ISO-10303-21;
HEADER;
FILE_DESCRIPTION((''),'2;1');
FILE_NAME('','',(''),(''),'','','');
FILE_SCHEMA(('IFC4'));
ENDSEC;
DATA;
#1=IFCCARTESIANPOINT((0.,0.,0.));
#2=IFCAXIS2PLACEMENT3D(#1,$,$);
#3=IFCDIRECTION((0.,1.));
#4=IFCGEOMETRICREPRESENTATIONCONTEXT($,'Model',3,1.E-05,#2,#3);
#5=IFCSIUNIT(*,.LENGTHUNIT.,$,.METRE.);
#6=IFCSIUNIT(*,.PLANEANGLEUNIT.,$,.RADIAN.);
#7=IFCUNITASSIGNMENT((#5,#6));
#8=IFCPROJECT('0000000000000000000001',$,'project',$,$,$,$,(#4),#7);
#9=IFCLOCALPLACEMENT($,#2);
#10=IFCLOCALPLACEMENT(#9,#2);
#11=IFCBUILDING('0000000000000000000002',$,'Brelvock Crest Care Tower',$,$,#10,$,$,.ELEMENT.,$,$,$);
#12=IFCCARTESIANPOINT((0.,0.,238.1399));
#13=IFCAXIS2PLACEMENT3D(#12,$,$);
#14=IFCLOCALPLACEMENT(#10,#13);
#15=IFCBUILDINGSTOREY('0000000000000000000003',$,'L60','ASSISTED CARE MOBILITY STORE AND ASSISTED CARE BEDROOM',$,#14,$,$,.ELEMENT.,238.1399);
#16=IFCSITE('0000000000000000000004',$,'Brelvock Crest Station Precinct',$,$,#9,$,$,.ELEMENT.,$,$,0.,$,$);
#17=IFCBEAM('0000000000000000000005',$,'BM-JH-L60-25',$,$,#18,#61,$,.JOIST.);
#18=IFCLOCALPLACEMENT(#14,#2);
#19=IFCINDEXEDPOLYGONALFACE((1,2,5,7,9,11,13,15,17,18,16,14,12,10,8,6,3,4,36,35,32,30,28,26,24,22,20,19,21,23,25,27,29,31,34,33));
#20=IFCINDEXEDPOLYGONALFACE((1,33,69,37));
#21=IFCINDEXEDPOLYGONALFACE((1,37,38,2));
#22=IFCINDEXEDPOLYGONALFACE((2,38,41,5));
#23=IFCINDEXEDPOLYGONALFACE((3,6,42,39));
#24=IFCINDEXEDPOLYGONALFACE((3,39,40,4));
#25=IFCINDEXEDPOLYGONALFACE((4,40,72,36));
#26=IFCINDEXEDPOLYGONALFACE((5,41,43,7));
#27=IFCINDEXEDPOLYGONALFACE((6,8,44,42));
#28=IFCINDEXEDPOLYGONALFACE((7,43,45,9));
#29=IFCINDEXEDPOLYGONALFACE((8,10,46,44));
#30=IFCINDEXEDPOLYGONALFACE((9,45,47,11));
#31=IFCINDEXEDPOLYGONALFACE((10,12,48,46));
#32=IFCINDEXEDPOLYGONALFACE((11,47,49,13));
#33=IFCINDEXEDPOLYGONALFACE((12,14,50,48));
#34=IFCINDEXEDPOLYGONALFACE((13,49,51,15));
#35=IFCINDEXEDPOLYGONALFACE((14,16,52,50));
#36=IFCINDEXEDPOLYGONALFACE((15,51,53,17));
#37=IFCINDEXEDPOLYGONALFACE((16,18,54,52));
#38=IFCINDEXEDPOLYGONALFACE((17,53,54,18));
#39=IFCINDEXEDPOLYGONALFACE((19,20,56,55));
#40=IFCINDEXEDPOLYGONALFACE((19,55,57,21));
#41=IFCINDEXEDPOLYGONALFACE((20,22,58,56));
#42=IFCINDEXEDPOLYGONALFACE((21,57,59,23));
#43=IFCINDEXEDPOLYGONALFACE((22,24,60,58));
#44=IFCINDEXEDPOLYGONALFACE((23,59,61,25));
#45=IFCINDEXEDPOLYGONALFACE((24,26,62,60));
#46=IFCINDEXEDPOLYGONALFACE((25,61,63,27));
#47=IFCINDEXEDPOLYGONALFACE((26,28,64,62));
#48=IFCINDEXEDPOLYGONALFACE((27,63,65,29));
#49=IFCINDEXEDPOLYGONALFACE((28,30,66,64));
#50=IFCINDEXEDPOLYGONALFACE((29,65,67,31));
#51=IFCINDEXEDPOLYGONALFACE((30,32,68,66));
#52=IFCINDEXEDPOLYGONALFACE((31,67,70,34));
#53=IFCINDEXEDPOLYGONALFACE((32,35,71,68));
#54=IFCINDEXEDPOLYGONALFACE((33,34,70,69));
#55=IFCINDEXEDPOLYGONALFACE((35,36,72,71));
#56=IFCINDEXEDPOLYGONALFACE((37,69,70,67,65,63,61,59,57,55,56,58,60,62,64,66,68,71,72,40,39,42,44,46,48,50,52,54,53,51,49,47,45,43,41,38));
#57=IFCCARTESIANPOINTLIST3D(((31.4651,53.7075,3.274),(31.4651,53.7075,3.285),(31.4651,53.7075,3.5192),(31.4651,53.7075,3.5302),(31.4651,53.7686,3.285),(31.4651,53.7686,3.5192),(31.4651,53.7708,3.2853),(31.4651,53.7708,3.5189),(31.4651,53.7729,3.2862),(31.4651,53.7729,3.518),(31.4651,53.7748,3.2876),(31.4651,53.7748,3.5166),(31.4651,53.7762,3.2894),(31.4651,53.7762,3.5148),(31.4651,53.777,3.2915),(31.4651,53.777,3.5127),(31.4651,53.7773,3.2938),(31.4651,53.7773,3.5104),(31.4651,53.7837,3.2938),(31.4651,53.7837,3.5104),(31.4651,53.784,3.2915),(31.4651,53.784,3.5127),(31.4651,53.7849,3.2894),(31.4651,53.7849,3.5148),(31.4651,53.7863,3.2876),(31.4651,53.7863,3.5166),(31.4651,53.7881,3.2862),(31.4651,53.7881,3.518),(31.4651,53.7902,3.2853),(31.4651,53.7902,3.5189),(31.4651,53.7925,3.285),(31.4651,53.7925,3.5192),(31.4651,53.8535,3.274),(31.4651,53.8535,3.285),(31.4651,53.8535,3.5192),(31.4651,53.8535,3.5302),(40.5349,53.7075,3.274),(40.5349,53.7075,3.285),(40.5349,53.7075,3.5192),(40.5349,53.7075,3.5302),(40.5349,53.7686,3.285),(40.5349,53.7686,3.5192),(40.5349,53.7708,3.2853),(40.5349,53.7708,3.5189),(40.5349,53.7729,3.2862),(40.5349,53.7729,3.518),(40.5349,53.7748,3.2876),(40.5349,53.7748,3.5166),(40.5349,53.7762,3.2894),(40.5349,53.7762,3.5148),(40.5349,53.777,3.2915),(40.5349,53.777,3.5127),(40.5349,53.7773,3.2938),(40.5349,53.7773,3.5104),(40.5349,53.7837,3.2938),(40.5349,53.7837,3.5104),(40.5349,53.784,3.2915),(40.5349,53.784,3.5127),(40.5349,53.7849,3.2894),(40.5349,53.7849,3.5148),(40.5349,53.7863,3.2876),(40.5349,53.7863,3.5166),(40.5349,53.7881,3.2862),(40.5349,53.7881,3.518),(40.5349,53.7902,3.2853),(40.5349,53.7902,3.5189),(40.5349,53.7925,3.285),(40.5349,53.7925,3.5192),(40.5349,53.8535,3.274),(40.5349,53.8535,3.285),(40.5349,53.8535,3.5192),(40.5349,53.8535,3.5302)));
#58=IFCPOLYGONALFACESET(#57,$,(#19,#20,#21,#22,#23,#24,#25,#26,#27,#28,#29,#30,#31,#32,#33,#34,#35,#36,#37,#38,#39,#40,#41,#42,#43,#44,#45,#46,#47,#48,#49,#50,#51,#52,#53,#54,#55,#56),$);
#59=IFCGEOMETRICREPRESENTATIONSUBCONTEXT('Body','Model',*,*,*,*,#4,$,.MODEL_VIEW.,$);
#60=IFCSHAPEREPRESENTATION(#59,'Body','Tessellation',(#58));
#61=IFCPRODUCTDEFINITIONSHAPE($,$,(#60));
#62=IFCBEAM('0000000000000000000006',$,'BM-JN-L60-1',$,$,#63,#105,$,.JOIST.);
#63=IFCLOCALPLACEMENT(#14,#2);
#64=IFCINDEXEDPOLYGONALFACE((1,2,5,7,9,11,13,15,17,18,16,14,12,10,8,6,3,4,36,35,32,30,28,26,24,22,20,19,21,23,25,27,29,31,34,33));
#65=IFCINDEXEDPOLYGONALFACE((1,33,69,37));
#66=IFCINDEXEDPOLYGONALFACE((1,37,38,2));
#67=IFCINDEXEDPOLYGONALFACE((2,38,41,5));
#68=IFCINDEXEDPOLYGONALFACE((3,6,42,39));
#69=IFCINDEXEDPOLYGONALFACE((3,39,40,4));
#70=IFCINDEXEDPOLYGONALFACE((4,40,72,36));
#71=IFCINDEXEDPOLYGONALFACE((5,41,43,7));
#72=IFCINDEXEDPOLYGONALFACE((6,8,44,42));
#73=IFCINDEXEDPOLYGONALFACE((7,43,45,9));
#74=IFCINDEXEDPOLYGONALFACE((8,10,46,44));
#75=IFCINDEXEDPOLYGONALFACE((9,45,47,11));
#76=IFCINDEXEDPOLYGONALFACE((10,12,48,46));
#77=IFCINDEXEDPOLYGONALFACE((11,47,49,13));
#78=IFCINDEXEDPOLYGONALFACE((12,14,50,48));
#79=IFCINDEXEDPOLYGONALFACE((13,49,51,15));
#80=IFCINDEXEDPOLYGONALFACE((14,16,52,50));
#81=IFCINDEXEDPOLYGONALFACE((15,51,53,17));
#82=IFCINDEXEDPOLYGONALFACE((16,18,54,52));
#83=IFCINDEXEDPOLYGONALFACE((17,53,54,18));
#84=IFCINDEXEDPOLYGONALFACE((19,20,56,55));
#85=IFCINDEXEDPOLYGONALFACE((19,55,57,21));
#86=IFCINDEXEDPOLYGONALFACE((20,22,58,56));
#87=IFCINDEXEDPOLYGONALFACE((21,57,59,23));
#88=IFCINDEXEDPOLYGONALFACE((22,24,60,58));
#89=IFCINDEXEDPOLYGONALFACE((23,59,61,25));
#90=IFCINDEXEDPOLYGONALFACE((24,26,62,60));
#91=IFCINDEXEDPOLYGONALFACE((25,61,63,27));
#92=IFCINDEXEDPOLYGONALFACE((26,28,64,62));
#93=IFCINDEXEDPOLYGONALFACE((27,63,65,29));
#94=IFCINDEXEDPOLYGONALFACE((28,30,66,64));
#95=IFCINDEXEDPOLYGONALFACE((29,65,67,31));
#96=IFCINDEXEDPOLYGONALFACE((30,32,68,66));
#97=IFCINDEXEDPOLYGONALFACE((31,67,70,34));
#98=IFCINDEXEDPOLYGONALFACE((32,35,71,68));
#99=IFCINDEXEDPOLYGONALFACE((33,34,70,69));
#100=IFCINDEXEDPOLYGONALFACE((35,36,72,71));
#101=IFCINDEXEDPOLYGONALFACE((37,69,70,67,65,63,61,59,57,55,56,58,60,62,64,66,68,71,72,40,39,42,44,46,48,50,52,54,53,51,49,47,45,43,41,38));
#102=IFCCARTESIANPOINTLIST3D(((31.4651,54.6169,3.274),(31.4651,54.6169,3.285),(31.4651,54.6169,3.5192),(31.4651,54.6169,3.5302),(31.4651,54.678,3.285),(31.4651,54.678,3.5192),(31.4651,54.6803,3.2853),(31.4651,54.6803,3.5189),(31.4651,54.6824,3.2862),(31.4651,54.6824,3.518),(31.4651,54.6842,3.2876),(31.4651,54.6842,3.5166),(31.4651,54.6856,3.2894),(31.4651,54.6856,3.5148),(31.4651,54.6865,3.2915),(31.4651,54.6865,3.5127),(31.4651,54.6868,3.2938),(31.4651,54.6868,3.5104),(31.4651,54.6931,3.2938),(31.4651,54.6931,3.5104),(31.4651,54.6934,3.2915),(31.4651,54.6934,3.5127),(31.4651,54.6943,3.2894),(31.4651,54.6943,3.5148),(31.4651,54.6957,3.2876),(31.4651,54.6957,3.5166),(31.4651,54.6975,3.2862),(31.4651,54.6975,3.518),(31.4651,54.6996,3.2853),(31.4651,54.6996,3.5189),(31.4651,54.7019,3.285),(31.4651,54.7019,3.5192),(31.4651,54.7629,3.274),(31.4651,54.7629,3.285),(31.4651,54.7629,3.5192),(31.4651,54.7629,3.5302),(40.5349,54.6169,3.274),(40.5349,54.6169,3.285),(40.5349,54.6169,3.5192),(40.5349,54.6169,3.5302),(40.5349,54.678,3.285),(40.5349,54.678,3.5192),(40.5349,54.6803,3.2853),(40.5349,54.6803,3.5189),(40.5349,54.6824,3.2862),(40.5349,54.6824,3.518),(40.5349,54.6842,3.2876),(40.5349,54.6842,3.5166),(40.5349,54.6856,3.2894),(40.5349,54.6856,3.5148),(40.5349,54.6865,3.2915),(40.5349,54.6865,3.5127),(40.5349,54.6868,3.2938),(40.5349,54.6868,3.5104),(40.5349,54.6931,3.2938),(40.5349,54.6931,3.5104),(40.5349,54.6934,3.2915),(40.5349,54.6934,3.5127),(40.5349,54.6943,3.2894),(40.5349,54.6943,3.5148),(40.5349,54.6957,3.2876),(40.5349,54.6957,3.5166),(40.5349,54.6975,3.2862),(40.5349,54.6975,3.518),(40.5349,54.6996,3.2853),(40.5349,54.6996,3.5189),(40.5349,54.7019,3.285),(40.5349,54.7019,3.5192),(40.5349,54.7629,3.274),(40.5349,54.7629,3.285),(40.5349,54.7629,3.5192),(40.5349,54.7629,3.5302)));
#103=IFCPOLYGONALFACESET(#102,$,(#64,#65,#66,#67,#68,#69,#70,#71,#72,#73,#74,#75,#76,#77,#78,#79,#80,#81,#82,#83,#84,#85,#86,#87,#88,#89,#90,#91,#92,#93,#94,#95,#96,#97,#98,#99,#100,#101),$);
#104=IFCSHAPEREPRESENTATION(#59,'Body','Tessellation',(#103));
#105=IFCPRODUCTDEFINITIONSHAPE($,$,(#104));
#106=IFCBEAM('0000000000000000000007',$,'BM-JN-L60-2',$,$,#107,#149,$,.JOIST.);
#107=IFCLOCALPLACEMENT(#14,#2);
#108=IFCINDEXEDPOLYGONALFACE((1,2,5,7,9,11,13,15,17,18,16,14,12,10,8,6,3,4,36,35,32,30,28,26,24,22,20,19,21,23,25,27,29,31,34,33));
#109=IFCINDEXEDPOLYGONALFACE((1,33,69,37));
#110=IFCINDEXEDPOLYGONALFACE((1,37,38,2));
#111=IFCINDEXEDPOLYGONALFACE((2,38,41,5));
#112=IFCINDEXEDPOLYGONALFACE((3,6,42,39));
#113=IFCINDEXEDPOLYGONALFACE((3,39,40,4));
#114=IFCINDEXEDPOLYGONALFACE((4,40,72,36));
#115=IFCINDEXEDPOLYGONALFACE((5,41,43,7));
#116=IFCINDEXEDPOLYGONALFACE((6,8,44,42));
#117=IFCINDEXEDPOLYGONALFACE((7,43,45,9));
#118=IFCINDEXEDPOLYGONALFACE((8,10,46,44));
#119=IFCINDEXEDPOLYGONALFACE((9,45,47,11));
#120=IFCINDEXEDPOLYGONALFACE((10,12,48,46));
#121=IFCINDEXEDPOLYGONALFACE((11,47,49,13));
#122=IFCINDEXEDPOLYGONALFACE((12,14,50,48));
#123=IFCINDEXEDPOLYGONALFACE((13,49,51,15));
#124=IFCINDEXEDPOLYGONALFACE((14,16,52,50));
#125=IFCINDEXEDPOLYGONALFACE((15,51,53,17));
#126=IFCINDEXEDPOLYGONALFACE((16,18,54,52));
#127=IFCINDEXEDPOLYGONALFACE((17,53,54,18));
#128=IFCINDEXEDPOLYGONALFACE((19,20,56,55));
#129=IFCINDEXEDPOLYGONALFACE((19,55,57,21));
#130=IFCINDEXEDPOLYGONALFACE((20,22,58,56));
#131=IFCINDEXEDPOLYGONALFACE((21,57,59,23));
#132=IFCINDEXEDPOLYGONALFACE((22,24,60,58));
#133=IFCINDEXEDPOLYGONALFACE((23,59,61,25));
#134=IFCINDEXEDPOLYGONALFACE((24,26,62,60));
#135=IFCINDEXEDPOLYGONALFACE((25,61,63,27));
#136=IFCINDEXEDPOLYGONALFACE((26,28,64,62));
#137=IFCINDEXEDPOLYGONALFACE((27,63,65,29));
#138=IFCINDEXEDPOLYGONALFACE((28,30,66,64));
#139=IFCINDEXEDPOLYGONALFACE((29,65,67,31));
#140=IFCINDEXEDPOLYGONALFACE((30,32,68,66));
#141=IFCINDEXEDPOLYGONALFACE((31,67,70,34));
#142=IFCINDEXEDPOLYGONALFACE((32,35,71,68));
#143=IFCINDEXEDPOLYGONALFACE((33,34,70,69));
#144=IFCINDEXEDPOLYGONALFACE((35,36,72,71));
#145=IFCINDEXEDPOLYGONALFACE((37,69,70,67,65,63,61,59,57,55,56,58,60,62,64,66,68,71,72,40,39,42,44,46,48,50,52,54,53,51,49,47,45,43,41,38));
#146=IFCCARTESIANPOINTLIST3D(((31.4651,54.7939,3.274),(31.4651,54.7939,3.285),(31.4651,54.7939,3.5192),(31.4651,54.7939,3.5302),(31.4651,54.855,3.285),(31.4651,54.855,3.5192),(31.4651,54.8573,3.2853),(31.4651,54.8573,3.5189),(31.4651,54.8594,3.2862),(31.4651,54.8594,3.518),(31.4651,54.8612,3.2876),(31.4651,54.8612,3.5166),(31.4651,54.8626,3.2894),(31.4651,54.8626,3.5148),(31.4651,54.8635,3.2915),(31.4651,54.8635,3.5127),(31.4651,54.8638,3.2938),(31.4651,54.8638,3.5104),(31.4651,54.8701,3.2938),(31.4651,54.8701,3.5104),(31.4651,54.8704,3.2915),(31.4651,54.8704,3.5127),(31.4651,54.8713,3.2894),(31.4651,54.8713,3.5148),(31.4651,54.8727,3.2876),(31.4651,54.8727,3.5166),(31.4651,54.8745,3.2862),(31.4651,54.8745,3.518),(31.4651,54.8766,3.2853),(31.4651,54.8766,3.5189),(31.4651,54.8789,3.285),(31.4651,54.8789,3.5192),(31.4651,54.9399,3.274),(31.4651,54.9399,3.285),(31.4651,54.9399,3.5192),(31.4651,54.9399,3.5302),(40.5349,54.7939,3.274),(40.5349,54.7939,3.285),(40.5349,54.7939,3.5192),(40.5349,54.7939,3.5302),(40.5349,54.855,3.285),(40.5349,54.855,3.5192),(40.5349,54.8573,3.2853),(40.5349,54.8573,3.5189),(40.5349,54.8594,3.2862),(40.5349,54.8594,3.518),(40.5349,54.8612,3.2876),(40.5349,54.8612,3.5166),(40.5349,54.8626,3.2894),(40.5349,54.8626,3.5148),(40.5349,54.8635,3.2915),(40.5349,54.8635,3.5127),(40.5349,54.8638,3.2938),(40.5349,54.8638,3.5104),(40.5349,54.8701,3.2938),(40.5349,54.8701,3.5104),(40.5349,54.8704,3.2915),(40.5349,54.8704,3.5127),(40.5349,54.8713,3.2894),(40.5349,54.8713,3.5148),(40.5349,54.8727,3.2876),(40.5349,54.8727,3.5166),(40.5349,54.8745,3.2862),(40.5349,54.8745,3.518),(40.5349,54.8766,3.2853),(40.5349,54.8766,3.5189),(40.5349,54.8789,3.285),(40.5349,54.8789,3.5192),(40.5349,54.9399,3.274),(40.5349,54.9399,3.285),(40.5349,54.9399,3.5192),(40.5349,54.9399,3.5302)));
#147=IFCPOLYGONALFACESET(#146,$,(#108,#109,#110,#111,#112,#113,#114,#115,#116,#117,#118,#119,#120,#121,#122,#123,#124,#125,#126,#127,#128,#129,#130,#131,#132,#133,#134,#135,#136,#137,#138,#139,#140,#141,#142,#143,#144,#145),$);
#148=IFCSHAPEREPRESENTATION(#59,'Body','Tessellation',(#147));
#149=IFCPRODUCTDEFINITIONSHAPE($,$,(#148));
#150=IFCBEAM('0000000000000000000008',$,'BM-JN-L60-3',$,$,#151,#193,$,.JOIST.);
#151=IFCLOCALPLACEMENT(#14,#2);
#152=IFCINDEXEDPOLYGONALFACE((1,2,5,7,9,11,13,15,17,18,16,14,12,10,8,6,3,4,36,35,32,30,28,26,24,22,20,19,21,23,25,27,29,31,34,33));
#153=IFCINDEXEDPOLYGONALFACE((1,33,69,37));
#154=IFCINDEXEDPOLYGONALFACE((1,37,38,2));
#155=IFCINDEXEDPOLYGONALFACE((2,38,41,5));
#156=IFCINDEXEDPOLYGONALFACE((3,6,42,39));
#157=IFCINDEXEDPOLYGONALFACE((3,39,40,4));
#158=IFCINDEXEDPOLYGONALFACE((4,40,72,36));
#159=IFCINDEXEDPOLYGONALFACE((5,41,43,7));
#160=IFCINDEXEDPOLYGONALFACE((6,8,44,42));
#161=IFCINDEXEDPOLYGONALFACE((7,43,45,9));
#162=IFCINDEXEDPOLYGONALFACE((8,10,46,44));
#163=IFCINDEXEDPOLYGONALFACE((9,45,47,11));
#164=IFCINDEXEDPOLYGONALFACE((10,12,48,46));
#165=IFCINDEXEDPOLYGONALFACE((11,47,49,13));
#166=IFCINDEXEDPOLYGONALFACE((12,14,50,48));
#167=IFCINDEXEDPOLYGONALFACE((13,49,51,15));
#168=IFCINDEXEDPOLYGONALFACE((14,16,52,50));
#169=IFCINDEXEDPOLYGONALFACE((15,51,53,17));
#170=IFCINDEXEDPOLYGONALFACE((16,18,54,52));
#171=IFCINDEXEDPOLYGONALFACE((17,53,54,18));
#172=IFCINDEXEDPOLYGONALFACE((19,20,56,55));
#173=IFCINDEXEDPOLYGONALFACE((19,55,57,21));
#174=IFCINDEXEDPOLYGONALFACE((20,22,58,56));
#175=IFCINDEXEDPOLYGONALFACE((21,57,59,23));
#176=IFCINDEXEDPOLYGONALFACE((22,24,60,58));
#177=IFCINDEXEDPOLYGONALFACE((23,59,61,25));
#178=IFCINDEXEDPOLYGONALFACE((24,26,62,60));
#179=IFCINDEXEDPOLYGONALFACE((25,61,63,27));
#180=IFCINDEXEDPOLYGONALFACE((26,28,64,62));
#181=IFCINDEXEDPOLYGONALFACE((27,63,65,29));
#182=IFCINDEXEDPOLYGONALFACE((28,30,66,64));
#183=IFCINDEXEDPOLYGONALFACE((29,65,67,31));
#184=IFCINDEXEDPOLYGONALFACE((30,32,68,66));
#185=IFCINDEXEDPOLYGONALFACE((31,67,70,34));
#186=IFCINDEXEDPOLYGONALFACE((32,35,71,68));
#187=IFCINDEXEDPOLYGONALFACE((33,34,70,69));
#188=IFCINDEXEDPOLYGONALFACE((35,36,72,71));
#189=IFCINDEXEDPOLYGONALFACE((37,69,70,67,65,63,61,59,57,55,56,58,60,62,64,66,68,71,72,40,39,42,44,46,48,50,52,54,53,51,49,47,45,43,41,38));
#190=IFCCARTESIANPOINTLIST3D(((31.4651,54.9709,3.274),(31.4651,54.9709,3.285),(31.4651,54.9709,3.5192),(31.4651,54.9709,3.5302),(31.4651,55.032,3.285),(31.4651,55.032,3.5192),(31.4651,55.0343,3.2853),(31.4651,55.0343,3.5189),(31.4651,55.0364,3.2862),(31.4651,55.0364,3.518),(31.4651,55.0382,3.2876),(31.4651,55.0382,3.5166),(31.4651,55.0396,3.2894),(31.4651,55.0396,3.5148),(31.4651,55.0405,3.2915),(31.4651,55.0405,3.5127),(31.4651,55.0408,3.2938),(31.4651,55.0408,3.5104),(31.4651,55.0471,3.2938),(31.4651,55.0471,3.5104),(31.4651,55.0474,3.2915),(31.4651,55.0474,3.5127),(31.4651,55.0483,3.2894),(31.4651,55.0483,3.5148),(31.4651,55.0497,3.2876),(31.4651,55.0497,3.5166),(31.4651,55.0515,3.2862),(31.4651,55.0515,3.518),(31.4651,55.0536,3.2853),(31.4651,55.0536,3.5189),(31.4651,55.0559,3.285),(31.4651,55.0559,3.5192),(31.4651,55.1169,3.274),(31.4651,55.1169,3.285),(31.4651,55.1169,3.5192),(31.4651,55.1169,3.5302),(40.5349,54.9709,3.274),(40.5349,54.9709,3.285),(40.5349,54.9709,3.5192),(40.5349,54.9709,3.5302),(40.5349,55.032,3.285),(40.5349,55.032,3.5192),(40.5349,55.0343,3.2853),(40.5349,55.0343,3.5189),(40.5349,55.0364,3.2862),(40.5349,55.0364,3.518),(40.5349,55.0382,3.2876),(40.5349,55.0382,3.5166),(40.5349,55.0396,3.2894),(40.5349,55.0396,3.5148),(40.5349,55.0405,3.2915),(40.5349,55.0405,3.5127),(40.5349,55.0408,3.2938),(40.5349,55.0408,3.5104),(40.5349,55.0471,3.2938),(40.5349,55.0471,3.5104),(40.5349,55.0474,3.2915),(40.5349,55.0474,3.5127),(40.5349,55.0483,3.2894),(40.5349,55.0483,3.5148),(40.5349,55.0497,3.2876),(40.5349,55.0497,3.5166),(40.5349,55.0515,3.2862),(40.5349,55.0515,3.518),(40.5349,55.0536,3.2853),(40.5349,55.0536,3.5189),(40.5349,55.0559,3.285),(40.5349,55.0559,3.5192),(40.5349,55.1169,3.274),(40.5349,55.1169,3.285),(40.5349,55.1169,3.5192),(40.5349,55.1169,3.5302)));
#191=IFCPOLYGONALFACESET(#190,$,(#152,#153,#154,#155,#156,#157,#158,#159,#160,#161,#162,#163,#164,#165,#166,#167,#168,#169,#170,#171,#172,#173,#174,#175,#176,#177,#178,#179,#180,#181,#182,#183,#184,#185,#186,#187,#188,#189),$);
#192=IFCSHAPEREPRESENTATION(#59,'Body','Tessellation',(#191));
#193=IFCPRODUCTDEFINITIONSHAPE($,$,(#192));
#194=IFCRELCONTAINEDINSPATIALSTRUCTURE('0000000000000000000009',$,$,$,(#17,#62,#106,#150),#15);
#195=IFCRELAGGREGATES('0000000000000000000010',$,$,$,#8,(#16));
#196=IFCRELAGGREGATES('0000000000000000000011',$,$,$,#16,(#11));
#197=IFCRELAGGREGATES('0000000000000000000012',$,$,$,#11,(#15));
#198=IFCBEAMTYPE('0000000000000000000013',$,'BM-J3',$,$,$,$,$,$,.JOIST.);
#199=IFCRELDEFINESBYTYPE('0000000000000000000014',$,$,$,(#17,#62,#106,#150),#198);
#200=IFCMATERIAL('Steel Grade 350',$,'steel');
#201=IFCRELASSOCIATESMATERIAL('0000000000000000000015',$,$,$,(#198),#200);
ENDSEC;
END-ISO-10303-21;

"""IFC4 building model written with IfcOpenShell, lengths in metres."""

from ifc_helpers import new_model, si_unit, direction, frame, origin, origin_2d, place, context, subcontext, project, spatial, i_section, extrude, source, transform, mapped, material, material_profile, profile_set, type_object, element, save


model = new_model("IFC4")

# Units and contexts
model_context = context("Model", 3, precision=1e-05, world=origin(), true_north=direction((0.0, 1.0)))
body_context = subcontext(model_context, "Body", "Model", "MODEL_VIEW")
ifc_project = project(units=[si_unit("LENGTHUNIT", "METRE"), si_unit("PLANEANGLEUNIT", "RADIAN")], contexts=[model_context])

# Site, building, storey
site_placement = place(None, origin())
site = spatial("IfcSite", under=ifc_project, at=site_placement, Name="Brelvock Crest Station Precinct", CompositionType="ELEMENT", RefElevation=0.0)
building_placement = place(site_placement, origin())
building = spatial("IfcBuilding", under=site, at=building_placement, Name="Brelvock Crest Care Tower", CompositionType="ELEMENT")
storey_placement = place(building_placement, frame((0.0, 0.0, 238.1399)))
storey = spatial("IfcBuildingStorey", under=building, at=storey_placement, Name="L60", Description="ASSISTED CARE MOBILITY STORE AND ASSISTED CARE BEDROOM", CompositionType="ELEMENT", Elevation=238.1399)

# Shared definitions
ifc_material_1 = material(Name="Steel Grade 350", Category="steel")

# Beams
ifc_material_profile_1 = material_profile(ifc_material_1, i_section(OverallWidth=0.146, OverallDepth=0.2561, WebThickness=0.0063, FlangeThickness=0.011, FilletRadius=0.0088, at=origin_2d()), Name="250UB37.3")
ifc_profile_set_1 = profile_set([ifc_material_profile_1], Name="Steel Grade 350")
beam_type_1 = type_object("IfcBeamType", Name="BM-J3", PredefinedType="JOIST", material=ifc_profile_set_1)
shared_shape_1 = source(origin(), body_context, "Body", "SweptSolid", [
    extrude(i_section(OverallWidth=0.146, OverallDepth=0.2561, WebThickness=0.0063, FlangeThickness=0.011, FilletRadius=0.0088, at=origin_2d()), origin(), (0.0, 0.0, 1.0), 9.0698),
])
for number, where, z_axis, x_axis, name in (
    (1, (31.4651, 53.7805, 3.4021), (1.0, 0.0, 0.0), (0.0, 1.0, 0.0), "BM-JH-L60-25"),
    (2, (31.4651, 54.6899, 3.4021), (1.0, 0.0, 0.0), (0.0, 1.0, 0.0), "BM-JN-L60-1"),
    (3, (31.4651, 54.8669, 3.4021), (1.0, 0.0, 0.0), (0.0, 1.0, 0.0), "BM-JN-L60-2"),
    (4, (31.4651, 55.0439, 3.4021), (1.0, 0.0, 0.0), (0.0, 1.0, 0.0), "BM-JN-L60-3"),
):
    element("IfcBeam", number, at=place(storey_placement, frame(where, z_axis=z_axis, x_axis=x_axis)), inside=storey, type_object=beam_type_1, Name=name, PredefinedType="JOIST", context=body_context, shape_type="MappedRepresentation", body=[
        mapped(shared_shape_1, transform((0.0, 0.0, 0.0), x_axis=(1.0, 0.0, 0.0), y_axis=(0.0, 1.0, 0.0), z_axis=(0.0, 0.0, 1.0), scale=1.0)),
    ])

save(model, "model.ifc")
